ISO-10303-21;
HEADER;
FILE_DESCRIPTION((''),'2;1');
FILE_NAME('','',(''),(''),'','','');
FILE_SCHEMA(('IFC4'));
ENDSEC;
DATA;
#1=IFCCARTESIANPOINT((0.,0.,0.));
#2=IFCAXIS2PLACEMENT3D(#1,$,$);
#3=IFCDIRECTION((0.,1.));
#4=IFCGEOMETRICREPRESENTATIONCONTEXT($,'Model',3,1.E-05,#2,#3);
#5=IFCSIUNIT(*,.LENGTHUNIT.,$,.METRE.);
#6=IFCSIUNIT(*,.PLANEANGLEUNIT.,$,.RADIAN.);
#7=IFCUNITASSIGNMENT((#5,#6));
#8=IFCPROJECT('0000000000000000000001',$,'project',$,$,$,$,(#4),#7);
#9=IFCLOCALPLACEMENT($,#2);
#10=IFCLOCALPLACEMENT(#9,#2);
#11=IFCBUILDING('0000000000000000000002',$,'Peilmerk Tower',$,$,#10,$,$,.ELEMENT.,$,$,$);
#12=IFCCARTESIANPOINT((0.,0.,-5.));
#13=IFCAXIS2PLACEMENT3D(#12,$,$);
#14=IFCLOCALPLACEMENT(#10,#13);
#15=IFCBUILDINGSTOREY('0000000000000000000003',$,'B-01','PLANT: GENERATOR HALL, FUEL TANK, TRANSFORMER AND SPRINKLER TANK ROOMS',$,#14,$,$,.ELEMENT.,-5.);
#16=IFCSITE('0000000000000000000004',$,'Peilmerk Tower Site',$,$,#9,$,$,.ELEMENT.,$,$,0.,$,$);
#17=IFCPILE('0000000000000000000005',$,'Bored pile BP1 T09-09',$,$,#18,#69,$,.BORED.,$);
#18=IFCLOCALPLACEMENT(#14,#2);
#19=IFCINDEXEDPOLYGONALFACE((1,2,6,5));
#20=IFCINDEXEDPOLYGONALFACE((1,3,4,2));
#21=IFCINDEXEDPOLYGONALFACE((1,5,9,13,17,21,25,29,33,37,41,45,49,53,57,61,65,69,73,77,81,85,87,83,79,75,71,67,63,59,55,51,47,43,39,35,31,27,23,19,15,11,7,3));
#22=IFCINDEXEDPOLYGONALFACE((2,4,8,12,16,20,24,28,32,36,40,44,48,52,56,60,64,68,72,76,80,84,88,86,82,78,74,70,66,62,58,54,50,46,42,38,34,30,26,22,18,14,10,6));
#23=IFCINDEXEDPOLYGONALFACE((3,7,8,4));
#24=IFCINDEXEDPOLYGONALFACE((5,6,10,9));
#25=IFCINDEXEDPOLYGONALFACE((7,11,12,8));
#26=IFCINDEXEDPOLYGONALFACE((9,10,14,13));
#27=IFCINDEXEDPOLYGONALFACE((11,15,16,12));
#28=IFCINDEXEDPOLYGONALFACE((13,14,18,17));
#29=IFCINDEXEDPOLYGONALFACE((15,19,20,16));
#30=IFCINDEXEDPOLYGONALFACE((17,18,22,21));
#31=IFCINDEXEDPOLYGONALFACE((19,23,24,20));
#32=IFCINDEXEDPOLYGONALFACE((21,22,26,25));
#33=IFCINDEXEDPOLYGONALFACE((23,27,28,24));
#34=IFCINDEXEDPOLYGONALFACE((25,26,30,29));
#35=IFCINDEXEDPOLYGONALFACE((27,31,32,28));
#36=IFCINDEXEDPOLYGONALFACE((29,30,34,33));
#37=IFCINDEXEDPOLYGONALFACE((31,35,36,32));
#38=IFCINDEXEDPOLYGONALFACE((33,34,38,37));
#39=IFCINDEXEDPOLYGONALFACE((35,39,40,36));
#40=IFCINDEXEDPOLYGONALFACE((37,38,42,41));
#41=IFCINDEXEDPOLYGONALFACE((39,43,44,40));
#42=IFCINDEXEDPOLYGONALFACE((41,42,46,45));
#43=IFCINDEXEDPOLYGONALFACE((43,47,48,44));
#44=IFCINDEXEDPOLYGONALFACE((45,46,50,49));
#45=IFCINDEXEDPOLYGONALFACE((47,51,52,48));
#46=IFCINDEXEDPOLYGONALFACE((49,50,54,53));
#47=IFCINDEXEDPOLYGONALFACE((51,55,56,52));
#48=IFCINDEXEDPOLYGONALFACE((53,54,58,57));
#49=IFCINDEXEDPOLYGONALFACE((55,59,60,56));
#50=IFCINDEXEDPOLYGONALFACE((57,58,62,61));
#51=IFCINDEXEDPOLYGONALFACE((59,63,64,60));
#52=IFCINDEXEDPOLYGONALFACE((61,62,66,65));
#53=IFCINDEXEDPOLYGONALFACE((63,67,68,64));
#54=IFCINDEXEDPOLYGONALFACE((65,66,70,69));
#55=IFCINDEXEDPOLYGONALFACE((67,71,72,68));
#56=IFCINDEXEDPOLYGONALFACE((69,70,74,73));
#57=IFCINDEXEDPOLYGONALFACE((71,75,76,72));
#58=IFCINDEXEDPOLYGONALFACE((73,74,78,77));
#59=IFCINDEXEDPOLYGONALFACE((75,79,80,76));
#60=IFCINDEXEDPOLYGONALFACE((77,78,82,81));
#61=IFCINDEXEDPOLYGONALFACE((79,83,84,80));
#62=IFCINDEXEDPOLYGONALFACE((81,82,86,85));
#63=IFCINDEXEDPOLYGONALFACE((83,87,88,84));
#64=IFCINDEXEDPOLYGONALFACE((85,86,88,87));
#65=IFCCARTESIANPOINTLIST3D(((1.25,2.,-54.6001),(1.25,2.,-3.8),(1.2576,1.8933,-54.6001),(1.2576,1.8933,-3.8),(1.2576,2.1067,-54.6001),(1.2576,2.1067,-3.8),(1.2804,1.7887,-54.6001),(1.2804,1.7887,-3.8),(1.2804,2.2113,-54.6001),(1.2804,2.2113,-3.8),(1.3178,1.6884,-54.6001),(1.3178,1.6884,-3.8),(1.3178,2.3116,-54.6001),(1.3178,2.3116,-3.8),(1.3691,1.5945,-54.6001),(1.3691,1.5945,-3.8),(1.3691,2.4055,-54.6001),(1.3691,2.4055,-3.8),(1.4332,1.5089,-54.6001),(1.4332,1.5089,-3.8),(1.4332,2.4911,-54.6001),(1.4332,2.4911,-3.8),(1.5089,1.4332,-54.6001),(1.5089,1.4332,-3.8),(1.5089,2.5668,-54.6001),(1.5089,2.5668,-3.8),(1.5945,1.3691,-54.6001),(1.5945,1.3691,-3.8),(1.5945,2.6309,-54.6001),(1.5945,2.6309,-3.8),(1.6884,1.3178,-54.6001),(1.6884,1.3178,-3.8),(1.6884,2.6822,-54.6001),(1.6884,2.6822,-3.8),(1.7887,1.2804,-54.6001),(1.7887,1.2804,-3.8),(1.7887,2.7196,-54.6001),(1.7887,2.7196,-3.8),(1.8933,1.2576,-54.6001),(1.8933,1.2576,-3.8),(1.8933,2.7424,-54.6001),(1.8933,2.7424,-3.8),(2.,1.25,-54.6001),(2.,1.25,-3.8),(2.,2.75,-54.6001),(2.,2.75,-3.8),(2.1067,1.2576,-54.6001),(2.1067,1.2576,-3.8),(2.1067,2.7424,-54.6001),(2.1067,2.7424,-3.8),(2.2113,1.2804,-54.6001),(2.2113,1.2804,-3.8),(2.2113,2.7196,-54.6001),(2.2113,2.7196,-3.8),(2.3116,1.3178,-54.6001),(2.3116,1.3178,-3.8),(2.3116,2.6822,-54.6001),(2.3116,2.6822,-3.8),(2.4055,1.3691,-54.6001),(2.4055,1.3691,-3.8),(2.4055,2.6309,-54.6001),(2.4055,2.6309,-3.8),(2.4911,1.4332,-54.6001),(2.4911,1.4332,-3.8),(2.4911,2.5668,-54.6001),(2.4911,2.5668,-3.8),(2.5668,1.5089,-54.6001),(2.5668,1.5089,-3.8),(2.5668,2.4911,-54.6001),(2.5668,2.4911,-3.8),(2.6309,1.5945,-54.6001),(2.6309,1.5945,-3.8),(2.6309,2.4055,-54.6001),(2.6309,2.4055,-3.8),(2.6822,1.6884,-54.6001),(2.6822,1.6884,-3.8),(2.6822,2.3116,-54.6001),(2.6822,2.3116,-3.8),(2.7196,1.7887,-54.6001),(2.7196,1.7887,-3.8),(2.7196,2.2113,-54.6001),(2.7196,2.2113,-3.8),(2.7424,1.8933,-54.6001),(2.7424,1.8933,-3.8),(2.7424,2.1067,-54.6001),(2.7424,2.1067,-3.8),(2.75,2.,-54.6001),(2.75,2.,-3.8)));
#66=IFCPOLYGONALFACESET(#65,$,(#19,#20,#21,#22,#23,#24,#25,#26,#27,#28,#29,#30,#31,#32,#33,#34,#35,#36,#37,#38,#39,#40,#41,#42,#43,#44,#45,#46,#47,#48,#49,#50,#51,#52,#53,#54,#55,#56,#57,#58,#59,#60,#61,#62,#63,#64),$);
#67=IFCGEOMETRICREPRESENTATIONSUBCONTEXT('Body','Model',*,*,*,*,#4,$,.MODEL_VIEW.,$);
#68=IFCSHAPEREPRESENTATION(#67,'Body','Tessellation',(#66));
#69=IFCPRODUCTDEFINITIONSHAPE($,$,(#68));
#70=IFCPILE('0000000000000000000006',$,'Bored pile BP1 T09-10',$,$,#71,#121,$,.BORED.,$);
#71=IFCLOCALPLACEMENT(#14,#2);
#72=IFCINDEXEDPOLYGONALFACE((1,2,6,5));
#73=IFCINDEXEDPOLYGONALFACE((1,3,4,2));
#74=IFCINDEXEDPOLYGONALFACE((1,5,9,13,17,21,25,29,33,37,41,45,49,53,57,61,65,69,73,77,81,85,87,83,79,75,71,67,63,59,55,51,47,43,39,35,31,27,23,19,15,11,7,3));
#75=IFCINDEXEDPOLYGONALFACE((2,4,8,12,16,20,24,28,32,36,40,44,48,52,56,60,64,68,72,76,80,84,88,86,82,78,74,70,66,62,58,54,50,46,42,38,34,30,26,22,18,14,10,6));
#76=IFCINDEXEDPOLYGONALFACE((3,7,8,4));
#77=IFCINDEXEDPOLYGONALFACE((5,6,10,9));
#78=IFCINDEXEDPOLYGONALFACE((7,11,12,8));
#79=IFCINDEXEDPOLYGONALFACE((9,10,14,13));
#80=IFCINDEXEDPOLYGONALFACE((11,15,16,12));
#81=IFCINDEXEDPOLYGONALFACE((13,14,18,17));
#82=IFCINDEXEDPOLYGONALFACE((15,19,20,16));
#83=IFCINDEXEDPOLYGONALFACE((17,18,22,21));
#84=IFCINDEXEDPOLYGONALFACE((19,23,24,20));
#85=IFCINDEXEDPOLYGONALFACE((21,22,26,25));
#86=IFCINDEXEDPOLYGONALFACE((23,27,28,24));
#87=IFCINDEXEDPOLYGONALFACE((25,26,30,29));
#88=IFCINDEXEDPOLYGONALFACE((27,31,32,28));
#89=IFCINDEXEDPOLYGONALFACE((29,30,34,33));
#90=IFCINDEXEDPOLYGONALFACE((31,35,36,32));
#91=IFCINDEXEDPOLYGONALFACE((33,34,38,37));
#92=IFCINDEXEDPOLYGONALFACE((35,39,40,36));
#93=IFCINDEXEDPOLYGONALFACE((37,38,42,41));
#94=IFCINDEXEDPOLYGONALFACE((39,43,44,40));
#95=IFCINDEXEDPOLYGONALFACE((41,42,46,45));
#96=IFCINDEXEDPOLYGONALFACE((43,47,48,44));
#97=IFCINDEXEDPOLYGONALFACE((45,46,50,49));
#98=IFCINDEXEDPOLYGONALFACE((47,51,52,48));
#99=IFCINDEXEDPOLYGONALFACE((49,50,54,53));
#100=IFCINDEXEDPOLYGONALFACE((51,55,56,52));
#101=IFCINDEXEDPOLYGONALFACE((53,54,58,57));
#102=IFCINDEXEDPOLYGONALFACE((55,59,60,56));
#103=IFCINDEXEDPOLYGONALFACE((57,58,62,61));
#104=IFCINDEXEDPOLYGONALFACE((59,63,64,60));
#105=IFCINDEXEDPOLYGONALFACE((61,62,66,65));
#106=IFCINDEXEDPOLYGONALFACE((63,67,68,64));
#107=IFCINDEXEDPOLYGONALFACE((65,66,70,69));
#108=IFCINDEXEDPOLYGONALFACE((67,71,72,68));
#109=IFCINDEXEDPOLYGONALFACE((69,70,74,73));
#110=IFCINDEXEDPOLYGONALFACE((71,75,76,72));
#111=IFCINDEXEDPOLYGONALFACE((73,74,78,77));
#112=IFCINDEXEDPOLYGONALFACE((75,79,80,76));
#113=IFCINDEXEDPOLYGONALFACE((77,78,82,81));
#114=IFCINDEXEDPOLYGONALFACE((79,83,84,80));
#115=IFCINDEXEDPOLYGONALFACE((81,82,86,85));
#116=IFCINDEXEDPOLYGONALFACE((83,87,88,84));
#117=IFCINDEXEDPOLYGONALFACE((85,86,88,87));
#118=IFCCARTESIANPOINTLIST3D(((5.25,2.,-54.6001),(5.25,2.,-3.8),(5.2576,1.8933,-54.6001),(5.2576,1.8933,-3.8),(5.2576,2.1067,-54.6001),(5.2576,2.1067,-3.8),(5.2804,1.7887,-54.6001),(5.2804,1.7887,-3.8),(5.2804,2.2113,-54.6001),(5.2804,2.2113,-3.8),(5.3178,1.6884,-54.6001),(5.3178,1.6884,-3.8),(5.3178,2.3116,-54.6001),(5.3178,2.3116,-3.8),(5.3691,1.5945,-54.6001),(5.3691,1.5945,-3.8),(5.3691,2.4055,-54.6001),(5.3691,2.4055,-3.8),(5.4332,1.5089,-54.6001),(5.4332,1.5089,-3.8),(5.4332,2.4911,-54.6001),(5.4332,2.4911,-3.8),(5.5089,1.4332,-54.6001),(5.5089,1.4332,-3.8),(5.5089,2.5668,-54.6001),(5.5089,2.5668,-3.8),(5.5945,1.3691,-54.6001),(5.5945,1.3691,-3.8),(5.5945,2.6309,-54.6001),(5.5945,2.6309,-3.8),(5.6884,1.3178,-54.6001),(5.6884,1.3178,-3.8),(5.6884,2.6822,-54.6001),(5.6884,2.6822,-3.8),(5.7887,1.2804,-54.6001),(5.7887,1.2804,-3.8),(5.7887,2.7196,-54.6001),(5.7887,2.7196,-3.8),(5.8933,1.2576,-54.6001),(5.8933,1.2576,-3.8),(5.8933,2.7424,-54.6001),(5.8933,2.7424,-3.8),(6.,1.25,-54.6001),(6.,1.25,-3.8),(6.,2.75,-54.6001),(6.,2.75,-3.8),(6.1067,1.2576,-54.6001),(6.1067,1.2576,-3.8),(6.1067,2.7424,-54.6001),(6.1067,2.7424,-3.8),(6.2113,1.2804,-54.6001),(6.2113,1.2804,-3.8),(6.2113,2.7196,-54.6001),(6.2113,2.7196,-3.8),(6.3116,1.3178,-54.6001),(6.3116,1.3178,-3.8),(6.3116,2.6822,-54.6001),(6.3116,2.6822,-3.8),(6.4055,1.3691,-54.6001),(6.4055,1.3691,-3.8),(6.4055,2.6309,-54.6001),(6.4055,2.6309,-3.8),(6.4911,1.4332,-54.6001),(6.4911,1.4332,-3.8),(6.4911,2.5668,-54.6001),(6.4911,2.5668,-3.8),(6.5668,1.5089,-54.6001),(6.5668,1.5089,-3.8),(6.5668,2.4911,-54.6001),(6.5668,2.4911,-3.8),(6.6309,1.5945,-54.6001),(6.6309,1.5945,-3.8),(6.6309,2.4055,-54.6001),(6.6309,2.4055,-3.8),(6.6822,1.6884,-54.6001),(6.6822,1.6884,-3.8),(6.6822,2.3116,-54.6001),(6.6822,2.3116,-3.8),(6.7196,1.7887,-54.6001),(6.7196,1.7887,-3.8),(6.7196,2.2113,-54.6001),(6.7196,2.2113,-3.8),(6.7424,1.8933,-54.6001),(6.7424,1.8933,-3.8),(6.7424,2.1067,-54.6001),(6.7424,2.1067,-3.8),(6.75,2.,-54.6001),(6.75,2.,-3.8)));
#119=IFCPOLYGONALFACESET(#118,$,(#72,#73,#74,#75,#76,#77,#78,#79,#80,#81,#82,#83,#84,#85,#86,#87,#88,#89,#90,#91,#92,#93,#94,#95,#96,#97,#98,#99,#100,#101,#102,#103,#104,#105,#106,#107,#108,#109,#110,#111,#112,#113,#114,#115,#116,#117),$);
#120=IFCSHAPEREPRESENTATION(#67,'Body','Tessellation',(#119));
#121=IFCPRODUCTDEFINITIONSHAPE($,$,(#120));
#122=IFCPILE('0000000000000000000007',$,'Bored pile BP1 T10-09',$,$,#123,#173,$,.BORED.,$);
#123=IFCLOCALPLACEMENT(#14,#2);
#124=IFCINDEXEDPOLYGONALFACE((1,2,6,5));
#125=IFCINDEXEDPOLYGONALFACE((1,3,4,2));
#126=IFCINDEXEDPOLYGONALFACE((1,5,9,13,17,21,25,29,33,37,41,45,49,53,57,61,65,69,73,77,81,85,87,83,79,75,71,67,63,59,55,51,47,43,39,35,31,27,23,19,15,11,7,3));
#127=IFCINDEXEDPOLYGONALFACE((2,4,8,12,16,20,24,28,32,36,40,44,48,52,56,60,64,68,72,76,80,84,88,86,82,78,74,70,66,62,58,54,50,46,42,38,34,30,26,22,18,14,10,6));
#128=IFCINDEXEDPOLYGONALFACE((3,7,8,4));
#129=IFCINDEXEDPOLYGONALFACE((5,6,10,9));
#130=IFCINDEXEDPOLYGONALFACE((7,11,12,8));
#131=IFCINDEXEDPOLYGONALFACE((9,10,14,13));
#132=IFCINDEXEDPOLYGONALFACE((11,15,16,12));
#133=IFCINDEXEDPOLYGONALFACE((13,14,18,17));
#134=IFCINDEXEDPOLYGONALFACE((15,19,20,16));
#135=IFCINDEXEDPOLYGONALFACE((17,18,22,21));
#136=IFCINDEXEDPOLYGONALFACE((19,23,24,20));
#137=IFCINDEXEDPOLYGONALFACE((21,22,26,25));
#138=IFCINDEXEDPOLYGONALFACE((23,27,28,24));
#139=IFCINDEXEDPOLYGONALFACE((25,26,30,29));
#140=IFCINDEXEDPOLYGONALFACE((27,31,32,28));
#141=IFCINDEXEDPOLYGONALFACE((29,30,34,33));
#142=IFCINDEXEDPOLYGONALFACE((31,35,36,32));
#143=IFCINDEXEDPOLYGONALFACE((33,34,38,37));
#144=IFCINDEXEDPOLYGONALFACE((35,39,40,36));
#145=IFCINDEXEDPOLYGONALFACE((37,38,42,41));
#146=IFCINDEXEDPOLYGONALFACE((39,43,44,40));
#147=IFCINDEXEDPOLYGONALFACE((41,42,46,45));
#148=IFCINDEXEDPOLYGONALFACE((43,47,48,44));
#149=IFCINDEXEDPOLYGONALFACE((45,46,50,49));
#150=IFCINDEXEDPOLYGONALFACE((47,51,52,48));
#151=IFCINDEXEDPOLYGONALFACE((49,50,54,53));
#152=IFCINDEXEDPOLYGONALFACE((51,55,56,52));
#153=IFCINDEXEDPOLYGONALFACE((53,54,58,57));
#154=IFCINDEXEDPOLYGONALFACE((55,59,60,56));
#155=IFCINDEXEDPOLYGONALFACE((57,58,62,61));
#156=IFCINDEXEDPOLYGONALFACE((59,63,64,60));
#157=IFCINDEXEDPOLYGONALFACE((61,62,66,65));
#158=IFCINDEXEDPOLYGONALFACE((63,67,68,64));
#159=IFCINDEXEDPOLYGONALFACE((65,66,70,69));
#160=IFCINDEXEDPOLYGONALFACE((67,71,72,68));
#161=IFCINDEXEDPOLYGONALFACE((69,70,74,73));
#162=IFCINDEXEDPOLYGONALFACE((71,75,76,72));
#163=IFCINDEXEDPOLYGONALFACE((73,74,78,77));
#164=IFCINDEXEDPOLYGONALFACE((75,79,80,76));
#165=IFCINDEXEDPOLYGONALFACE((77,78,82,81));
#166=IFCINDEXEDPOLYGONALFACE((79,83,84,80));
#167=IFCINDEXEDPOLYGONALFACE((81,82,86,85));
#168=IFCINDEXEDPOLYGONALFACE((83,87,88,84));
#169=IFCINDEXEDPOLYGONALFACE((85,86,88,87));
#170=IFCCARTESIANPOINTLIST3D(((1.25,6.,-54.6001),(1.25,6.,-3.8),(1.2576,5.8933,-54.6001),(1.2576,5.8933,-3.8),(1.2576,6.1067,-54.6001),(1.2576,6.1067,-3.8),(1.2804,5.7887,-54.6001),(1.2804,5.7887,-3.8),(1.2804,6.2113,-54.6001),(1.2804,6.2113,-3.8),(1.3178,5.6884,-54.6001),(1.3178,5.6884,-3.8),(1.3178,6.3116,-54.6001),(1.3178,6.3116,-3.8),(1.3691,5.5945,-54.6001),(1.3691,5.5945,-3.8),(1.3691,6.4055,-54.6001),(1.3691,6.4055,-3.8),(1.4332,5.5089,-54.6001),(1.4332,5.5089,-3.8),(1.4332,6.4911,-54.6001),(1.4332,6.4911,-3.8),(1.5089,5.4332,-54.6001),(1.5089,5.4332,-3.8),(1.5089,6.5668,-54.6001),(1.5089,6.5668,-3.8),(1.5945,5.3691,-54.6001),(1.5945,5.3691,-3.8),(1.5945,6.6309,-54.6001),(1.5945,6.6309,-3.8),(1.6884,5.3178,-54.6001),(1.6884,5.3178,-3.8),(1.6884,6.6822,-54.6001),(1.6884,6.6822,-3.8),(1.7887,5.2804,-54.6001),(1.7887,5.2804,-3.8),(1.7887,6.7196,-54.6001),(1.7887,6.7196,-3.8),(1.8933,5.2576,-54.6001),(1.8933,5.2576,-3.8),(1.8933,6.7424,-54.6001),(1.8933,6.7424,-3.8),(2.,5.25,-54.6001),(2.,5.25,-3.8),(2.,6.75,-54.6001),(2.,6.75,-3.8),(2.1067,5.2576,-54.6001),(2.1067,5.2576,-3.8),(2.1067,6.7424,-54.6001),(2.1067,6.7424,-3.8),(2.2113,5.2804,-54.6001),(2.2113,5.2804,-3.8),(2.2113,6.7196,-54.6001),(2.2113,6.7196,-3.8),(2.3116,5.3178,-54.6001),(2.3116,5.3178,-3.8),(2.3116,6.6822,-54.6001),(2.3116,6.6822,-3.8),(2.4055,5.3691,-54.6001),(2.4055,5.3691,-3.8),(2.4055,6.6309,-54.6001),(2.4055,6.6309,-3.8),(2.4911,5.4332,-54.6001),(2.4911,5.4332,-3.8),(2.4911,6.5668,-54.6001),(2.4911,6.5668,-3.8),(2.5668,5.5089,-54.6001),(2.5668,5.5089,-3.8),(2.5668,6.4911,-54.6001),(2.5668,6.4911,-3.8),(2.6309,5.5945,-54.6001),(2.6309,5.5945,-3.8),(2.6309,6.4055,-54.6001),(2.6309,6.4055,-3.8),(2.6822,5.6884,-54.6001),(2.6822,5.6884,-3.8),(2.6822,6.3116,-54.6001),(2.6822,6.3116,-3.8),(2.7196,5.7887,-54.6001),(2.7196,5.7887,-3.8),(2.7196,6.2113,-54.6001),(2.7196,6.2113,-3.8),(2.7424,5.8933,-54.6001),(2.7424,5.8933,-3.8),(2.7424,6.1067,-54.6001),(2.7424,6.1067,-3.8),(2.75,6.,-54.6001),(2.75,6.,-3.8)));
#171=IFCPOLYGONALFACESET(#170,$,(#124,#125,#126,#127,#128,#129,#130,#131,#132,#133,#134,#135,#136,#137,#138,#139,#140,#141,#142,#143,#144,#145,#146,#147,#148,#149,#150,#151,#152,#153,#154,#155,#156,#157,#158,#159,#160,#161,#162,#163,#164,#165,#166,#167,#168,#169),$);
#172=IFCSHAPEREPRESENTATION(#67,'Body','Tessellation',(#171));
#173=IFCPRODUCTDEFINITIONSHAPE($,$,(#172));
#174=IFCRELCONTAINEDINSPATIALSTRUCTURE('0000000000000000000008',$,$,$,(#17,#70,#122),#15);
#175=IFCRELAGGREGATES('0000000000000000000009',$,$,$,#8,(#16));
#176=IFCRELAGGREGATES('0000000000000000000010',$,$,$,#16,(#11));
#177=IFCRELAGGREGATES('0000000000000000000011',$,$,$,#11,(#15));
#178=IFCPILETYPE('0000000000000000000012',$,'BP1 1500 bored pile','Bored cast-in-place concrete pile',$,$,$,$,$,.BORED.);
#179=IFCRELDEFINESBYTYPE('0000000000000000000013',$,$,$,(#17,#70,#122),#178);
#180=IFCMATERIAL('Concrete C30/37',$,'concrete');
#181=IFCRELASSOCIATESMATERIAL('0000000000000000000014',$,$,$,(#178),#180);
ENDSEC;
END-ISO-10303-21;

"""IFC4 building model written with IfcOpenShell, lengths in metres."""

from ifc_helpers import new_model, si_unit, direction, frame, origin, origin_2d, place, context, subcontext, project, spatial, circle, extrude, material, material_profile, profile_set, type_object, element, save


model = new_model("IFC4")

# Units and contexts
model_context = context("Model", 3, precision=1e-05, world=origin(), true_north=direction((0.0, 1.0)))
body_context = subcontext(model_context, "Body", "Model", "MODEL_VIEW")
ifc_project = project(units=[si_unit("LENGTHUNIT", "METRE"), si_unit("PLANEANGLEUNIT", "RADIAN")], contexts=[model_context])

# Site, building, storey
site_placement = place(None, origin())
site = spatial("IfcSite", under=ifc_project, at=site_placement, Name="Peilmerk Tower Site", CompositionType="ELEMENT", RefElevation=0.0)
building_placement = place(site_placement, origin())
building = spatial("IfcBuilding", under=site, at=building_placement, Name="Peilmerk Tower", CompositionType="ELEMENT")
storey_placement = place(building_placement, frame((0.0, 0.0, -5.0)))
storey = spatial("IfcBuildingStorey", under=building, at=storey_placement, Name="B-01", Description="PLANT: GENERATOR HALL, FUEL TANK, TRANSFORMER AND SPRINKLER TANK ROOMS", CompositionType="ELEMENT", Elevation=-5.0)

# Piles
ifc_material_1 = material(Name="Concrete C30/37", Category="concrete")
ifc_material_profile = material_profile(ifc_material_1, circle(Radius=0.75, at=origin_2d()), Name="BP 1500")
ifc_profile_set = profile_set([ifc_material_profile], Name="Concrete C30/37")
pile_type = type_object("IfcPileType", Name="BP1 1500 bored pile", Description="Bored cast-in-place concrete pile", PredefinedType="BORED", material=ifc_profile_set)
for number, where, z_axis, x_axis, name in (
    (1, (2.0, 2.0, -3.8), (0.0, 0.0, -1.0), (1.0, 0.0, 0.0), "Bored pile BP1 T09-09"),
    (2, (6.0, 2.0, -3.8), (0.0, 0.0, -1.0), (1.0, 0.0, 0.0), "Bored pile BP1 T09-10"),
    (3, (2.0, 6.0, -3.8), (0.0, 0.0, -1.0), (1.0, 0.0, 0.0), "Bored pile BP1 T10-09"),
):
    element("IfcPile", number, at=place(storey_placement, frame(where, z_axis=z_axis, x_axis=x_axis)), inside=storey, type_object=pile_type, Name=name, PredefinedType="BORED", context=body_context, shape_type="SweptSolid", body=[
        extrude(circle(Radius=0.75, at=origin_2d()), origin(), (0.0, 0.0, 1.0), 50.8),
    ])

save(model, "model.ifc")
